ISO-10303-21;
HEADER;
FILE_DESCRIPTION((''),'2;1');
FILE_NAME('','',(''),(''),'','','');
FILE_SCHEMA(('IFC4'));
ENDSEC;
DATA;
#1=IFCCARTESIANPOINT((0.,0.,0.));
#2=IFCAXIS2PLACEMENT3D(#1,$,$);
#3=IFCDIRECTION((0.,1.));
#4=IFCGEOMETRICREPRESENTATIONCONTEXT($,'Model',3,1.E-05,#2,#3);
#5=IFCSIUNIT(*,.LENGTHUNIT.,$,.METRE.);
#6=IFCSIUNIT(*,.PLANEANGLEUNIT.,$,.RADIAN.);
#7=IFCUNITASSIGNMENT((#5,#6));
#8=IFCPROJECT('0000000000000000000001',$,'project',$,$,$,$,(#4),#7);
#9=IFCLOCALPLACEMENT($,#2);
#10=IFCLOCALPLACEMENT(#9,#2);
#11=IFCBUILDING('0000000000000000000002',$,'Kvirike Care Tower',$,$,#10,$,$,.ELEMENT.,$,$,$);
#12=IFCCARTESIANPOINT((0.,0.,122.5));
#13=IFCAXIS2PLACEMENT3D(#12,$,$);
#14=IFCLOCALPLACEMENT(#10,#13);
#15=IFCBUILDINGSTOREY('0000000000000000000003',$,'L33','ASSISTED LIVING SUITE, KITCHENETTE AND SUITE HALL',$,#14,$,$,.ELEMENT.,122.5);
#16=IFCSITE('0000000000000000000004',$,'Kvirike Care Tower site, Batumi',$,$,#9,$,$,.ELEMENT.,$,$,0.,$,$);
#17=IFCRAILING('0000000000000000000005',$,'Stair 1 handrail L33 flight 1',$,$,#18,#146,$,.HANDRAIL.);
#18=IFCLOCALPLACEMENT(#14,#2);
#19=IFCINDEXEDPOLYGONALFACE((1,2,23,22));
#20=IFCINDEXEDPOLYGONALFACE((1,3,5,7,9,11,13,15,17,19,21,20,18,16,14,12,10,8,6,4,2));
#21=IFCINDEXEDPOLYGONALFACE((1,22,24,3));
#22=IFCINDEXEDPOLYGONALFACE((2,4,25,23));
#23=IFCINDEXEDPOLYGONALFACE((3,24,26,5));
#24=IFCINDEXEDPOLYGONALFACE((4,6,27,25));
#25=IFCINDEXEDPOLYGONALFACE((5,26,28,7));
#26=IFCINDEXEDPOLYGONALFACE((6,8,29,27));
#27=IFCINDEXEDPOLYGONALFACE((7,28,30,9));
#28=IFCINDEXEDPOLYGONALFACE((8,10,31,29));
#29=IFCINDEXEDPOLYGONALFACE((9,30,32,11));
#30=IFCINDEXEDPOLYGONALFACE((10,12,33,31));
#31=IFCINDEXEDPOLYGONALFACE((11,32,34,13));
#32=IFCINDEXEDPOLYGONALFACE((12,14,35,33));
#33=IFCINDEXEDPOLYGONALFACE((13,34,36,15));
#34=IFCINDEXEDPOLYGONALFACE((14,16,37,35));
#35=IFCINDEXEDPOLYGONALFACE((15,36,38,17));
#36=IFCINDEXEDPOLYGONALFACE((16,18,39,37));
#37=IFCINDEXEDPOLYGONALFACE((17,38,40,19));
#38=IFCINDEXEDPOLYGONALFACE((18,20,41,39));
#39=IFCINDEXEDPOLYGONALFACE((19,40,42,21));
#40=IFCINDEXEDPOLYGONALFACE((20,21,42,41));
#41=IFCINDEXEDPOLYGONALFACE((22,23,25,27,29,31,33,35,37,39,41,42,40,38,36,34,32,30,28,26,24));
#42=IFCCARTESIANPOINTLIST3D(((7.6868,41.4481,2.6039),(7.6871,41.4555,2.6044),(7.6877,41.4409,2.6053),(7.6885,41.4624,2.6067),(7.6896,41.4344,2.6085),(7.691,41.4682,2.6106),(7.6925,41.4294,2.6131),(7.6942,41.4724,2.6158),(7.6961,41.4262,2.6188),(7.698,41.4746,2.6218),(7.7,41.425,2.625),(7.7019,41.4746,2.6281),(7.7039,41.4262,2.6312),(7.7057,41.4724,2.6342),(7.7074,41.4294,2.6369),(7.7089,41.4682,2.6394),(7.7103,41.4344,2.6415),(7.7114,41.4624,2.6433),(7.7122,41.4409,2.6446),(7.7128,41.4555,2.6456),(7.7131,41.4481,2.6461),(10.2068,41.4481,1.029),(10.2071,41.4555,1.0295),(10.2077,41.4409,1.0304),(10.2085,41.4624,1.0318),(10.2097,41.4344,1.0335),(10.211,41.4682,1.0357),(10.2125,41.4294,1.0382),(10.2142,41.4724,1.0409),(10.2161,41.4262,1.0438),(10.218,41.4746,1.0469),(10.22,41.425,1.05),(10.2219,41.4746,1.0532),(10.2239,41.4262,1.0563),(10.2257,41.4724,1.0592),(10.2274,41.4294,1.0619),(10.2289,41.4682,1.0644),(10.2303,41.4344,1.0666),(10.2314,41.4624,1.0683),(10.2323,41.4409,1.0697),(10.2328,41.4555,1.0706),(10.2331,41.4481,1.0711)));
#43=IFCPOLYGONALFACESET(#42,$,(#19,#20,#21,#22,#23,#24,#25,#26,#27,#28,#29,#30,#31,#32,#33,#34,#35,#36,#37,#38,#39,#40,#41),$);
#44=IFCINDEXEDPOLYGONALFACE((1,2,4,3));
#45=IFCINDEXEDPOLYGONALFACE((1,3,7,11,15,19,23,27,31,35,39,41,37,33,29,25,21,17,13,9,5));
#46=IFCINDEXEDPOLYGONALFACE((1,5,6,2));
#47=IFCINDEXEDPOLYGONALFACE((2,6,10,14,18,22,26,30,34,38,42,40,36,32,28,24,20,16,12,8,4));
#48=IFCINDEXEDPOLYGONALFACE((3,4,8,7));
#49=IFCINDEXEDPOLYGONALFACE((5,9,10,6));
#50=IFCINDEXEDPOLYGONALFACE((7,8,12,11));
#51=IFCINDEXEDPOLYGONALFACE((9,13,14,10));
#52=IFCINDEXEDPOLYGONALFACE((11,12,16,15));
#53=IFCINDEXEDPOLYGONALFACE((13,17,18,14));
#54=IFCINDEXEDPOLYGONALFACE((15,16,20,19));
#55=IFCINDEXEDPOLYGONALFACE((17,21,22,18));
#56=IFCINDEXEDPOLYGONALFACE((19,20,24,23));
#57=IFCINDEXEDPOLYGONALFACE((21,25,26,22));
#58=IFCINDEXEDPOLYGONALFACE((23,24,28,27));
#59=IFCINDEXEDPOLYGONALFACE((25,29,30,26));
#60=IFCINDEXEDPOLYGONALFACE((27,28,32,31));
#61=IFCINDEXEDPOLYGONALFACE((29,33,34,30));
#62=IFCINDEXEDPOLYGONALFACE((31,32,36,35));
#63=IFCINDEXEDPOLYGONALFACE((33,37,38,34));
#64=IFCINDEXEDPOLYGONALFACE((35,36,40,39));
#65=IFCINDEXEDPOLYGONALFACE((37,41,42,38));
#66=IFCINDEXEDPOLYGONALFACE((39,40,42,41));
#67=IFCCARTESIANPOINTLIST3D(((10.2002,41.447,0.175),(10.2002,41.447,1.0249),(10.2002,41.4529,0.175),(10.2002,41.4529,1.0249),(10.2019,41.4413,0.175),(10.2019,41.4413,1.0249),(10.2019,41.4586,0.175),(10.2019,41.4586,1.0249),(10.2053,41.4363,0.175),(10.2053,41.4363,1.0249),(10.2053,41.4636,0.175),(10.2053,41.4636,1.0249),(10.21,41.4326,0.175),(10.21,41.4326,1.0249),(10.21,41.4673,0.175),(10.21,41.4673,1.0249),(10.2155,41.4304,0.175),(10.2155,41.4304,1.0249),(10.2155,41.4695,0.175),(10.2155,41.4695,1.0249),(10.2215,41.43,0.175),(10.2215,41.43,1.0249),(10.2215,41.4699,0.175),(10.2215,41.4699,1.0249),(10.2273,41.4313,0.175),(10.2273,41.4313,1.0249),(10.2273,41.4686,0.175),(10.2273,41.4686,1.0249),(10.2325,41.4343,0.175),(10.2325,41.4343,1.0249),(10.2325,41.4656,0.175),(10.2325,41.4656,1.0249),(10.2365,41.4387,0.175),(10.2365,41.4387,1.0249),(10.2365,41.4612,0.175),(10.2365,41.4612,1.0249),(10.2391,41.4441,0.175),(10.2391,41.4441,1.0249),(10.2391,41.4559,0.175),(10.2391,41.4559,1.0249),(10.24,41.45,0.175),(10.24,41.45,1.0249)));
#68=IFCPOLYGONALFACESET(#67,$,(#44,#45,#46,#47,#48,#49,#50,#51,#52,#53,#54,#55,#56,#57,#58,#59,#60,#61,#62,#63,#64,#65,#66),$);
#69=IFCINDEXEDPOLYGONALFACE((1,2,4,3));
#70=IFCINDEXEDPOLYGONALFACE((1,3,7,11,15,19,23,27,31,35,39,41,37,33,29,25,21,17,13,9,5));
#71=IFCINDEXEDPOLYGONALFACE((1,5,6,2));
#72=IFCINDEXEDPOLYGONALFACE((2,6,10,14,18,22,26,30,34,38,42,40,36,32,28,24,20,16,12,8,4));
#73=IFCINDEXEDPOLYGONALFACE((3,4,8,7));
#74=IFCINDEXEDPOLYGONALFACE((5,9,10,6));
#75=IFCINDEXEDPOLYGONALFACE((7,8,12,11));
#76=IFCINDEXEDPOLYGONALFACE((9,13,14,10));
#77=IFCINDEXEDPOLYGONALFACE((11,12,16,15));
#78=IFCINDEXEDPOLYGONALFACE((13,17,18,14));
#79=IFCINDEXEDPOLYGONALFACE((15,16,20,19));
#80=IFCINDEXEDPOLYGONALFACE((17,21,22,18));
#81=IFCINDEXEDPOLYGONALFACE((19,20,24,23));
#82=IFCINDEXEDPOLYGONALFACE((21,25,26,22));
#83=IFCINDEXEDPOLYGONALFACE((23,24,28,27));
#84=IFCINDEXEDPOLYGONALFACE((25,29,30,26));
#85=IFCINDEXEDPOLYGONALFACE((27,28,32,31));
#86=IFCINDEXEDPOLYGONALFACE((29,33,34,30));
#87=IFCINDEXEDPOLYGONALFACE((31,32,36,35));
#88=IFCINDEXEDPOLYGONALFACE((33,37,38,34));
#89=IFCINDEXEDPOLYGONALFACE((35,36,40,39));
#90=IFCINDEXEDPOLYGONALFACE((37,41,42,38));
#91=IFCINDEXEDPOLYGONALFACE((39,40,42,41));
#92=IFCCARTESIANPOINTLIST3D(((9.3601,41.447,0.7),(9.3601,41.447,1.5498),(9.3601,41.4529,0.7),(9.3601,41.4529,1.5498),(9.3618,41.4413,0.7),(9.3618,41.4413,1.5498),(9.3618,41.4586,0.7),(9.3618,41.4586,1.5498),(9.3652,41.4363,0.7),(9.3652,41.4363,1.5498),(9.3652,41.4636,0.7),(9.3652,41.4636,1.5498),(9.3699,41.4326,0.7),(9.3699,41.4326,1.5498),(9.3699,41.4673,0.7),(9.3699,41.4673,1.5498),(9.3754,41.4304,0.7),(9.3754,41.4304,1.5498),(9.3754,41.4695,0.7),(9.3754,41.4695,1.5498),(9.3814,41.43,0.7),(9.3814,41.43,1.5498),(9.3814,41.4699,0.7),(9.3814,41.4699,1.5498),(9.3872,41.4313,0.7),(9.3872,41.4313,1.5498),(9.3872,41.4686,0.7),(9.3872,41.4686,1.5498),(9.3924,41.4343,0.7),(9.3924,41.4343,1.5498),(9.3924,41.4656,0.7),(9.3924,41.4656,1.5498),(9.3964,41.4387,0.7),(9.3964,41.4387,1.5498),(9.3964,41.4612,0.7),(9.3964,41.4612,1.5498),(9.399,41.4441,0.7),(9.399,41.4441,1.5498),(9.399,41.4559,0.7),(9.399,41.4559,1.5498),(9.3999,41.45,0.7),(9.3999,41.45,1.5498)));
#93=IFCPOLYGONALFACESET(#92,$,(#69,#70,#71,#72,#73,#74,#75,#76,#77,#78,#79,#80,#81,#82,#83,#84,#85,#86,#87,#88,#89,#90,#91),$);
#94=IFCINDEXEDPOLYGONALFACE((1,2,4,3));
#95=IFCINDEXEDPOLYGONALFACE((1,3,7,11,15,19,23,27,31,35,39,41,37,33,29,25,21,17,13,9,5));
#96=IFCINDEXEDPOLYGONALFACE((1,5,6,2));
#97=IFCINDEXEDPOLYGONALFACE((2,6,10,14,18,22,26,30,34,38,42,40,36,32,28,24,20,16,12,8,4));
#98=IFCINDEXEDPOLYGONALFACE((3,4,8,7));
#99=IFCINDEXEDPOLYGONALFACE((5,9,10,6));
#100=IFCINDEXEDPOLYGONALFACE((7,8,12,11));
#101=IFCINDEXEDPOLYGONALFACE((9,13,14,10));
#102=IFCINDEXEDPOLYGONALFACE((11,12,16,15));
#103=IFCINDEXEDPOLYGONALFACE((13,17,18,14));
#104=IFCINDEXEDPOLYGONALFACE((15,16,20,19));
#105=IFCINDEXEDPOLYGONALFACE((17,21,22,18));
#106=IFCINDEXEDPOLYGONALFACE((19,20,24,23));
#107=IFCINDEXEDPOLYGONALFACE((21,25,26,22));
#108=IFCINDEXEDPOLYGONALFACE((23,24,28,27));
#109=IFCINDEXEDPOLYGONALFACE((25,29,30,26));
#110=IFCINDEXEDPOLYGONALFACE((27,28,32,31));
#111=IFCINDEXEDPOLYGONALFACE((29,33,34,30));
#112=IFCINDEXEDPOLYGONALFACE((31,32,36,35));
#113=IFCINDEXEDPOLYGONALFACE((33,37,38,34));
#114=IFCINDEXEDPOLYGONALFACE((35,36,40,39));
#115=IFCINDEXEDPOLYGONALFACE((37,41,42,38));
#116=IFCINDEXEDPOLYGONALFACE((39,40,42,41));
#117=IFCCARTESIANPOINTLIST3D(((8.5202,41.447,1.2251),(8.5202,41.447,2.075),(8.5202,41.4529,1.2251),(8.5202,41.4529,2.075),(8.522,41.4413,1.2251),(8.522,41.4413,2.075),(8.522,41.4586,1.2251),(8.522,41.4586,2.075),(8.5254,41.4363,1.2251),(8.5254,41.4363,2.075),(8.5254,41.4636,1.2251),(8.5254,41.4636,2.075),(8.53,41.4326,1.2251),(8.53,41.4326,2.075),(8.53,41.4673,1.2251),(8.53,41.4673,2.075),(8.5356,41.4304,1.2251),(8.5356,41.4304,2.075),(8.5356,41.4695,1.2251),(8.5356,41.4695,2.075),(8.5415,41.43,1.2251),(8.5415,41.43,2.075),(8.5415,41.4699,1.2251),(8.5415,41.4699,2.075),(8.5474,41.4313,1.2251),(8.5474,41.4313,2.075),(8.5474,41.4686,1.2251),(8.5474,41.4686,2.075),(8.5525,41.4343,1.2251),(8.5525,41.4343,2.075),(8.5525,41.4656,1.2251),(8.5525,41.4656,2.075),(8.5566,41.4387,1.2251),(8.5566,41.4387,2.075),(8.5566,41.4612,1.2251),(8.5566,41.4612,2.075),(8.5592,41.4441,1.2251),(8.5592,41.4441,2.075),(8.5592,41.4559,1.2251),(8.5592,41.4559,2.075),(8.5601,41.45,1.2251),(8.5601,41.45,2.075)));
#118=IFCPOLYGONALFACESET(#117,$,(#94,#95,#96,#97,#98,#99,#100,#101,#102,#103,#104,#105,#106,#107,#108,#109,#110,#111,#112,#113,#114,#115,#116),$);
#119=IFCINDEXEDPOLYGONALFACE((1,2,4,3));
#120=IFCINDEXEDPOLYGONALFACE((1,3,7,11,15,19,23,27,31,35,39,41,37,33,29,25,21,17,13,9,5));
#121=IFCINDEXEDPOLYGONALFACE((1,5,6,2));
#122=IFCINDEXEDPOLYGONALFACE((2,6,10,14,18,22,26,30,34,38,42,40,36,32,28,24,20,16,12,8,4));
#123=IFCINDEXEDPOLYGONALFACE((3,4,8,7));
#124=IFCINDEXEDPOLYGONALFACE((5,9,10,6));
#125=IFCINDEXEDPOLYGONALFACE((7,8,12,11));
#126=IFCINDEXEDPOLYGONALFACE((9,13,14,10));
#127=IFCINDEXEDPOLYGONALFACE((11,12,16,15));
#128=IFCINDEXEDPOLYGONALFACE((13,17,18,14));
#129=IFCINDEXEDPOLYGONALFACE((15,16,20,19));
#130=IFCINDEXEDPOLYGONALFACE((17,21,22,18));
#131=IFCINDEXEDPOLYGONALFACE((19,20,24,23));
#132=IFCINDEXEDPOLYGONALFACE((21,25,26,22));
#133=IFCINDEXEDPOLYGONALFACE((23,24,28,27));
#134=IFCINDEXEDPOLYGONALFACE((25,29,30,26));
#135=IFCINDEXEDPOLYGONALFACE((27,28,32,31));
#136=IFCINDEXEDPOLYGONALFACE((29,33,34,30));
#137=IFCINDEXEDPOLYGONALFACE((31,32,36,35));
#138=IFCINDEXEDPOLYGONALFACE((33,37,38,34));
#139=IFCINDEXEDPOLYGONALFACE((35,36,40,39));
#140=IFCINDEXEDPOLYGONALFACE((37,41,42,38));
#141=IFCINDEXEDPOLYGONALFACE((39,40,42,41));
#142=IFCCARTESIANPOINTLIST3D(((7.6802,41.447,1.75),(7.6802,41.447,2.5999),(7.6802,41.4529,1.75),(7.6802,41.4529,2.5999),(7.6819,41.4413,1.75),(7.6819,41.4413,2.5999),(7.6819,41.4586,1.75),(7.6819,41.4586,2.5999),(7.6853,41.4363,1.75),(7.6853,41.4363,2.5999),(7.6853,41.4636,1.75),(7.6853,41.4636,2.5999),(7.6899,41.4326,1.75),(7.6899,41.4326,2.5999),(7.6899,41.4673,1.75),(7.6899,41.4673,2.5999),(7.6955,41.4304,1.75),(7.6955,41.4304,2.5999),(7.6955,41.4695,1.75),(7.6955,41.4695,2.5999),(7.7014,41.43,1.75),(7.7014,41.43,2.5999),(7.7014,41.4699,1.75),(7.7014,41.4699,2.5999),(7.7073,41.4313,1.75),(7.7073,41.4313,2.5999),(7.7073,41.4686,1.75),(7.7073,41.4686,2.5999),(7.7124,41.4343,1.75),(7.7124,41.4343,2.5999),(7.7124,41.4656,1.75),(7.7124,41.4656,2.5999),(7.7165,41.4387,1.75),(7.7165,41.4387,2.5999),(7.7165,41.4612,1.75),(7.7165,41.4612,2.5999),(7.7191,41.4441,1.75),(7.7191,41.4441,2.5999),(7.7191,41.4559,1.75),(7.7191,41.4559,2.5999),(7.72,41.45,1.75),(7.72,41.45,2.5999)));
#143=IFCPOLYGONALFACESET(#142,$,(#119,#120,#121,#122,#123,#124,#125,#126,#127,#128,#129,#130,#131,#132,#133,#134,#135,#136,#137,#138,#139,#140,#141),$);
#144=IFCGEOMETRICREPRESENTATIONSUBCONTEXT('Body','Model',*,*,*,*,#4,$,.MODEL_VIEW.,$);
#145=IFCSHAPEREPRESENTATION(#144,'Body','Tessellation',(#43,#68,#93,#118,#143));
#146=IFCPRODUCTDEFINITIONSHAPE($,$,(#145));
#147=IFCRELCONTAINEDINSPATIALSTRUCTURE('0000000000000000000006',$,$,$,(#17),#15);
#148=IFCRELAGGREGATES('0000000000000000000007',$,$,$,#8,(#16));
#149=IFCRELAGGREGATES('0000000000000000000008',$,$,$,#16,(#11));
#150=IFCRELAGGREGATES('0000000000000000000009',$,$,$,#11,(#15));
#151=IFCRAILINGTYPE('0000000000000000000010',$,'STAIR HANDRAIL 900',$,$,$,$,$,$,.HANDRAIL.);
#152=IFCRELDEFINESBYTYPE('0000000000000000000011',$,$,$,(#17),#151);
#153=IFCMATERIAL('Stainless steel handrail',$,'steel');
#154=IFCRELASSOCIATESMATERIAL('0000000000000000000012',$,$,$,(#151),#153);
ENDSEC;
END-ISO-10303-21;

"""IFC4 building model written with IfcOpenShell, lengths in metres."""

from ifc_helpers import new_model, si_unit, direction, frame, origin, origin_2d, place, context, subcontext, project, spatial, circle, extrude, material, type_object, element, save


model = new_model("IFC4")

# Units and contexts
model_context = context("Model", 3, precision=1e-05, world=origin(), true_north=direction((0.0, 1.0)))
body_context = subcontext(model_context, "Body", "Model", "MODEL_VIEW")
ifc_project = project(units=[si_unit("LENGTHUNIT", "METRE"), si_unit("PLANEANGLEUNIT", "RADIAN")], contexts=[model_context])

# Site, building, storey
site_placement = place(None, origin())
site = spatial("IfcSite", under=ifc_project, at=site_placement, Name="Kvirike Care Tower site, Batumi", CompositionType="ELEMENT", RefElevation=0.0)
building_placement = place(site_placement, origin())
building = spatial("IfcBuilding", under=site, at=building_placement, Name="Kvirike Care Tower", CompositionType="ELEMENT")
storey_placement = place(building_placement, frame((0.0, 0.0, 122.5)))
storey = spatial("IfcBuildingStorey", under=building, at=storey_placement, Name="L33", Description="ASSISTED LIVING SUITE, KITCHENETTE AND SUITE HALL", CompositionType="ELEMENT", Elevation=122.5)

# Railing
ifc_material_1 = material(Name="Stainless steel handrail", Category="steel")
railing_type = type_object("IfcRailingType", Name="STAIR HANDRAIL 900", PredefinedType="HANDRAIL", material=ifc_material_1)
railing_1_placement = place(storey_placement, frame((10.22, 41.45, 0.175)))
element("IfcRailing", 1, at=railing_1_placement, inside=storey, type_object=railing_type, Name="Stair 1 handrail L33 flight 1", PredefinedType="HANDRAIL", context=body_context, shape_type="SweptSolid", body=[
    extrude(circle(Radius=0.0249, at=origin_2d()), frame((0.0, 0.0, 0.875), z_axis=(-0.848008, 0.0, 0.529984), x_axis=(0.0, -1.0, 0.0)), (0.0, 0.0, 1.0), 2.9717),
    extrude(circle(Radius=0.02, at=origin_2d()), origin(), (0.0, 0.0, 1.0), 0.8499),
    extrude(circle(Radius=0.02, at=origin_2d()), frame((-0.8401, 0.0, 0.5249)), (0.0, 0.0, 1.0), 0.8499),
    extrude(circle(Radius=0.02, at=origin_2d()), frame((-1.6799, 0.0, 1.05)), (0.0, 0.0, 1.0), 0.8499),
    extrude(circle(Radius=0.02, at=origin_2d()), frame((-2.52, 0.0, 1.575)), (0.0, 0.0, 1.0), 0.8499),
])

save(model, "model.ifc")
